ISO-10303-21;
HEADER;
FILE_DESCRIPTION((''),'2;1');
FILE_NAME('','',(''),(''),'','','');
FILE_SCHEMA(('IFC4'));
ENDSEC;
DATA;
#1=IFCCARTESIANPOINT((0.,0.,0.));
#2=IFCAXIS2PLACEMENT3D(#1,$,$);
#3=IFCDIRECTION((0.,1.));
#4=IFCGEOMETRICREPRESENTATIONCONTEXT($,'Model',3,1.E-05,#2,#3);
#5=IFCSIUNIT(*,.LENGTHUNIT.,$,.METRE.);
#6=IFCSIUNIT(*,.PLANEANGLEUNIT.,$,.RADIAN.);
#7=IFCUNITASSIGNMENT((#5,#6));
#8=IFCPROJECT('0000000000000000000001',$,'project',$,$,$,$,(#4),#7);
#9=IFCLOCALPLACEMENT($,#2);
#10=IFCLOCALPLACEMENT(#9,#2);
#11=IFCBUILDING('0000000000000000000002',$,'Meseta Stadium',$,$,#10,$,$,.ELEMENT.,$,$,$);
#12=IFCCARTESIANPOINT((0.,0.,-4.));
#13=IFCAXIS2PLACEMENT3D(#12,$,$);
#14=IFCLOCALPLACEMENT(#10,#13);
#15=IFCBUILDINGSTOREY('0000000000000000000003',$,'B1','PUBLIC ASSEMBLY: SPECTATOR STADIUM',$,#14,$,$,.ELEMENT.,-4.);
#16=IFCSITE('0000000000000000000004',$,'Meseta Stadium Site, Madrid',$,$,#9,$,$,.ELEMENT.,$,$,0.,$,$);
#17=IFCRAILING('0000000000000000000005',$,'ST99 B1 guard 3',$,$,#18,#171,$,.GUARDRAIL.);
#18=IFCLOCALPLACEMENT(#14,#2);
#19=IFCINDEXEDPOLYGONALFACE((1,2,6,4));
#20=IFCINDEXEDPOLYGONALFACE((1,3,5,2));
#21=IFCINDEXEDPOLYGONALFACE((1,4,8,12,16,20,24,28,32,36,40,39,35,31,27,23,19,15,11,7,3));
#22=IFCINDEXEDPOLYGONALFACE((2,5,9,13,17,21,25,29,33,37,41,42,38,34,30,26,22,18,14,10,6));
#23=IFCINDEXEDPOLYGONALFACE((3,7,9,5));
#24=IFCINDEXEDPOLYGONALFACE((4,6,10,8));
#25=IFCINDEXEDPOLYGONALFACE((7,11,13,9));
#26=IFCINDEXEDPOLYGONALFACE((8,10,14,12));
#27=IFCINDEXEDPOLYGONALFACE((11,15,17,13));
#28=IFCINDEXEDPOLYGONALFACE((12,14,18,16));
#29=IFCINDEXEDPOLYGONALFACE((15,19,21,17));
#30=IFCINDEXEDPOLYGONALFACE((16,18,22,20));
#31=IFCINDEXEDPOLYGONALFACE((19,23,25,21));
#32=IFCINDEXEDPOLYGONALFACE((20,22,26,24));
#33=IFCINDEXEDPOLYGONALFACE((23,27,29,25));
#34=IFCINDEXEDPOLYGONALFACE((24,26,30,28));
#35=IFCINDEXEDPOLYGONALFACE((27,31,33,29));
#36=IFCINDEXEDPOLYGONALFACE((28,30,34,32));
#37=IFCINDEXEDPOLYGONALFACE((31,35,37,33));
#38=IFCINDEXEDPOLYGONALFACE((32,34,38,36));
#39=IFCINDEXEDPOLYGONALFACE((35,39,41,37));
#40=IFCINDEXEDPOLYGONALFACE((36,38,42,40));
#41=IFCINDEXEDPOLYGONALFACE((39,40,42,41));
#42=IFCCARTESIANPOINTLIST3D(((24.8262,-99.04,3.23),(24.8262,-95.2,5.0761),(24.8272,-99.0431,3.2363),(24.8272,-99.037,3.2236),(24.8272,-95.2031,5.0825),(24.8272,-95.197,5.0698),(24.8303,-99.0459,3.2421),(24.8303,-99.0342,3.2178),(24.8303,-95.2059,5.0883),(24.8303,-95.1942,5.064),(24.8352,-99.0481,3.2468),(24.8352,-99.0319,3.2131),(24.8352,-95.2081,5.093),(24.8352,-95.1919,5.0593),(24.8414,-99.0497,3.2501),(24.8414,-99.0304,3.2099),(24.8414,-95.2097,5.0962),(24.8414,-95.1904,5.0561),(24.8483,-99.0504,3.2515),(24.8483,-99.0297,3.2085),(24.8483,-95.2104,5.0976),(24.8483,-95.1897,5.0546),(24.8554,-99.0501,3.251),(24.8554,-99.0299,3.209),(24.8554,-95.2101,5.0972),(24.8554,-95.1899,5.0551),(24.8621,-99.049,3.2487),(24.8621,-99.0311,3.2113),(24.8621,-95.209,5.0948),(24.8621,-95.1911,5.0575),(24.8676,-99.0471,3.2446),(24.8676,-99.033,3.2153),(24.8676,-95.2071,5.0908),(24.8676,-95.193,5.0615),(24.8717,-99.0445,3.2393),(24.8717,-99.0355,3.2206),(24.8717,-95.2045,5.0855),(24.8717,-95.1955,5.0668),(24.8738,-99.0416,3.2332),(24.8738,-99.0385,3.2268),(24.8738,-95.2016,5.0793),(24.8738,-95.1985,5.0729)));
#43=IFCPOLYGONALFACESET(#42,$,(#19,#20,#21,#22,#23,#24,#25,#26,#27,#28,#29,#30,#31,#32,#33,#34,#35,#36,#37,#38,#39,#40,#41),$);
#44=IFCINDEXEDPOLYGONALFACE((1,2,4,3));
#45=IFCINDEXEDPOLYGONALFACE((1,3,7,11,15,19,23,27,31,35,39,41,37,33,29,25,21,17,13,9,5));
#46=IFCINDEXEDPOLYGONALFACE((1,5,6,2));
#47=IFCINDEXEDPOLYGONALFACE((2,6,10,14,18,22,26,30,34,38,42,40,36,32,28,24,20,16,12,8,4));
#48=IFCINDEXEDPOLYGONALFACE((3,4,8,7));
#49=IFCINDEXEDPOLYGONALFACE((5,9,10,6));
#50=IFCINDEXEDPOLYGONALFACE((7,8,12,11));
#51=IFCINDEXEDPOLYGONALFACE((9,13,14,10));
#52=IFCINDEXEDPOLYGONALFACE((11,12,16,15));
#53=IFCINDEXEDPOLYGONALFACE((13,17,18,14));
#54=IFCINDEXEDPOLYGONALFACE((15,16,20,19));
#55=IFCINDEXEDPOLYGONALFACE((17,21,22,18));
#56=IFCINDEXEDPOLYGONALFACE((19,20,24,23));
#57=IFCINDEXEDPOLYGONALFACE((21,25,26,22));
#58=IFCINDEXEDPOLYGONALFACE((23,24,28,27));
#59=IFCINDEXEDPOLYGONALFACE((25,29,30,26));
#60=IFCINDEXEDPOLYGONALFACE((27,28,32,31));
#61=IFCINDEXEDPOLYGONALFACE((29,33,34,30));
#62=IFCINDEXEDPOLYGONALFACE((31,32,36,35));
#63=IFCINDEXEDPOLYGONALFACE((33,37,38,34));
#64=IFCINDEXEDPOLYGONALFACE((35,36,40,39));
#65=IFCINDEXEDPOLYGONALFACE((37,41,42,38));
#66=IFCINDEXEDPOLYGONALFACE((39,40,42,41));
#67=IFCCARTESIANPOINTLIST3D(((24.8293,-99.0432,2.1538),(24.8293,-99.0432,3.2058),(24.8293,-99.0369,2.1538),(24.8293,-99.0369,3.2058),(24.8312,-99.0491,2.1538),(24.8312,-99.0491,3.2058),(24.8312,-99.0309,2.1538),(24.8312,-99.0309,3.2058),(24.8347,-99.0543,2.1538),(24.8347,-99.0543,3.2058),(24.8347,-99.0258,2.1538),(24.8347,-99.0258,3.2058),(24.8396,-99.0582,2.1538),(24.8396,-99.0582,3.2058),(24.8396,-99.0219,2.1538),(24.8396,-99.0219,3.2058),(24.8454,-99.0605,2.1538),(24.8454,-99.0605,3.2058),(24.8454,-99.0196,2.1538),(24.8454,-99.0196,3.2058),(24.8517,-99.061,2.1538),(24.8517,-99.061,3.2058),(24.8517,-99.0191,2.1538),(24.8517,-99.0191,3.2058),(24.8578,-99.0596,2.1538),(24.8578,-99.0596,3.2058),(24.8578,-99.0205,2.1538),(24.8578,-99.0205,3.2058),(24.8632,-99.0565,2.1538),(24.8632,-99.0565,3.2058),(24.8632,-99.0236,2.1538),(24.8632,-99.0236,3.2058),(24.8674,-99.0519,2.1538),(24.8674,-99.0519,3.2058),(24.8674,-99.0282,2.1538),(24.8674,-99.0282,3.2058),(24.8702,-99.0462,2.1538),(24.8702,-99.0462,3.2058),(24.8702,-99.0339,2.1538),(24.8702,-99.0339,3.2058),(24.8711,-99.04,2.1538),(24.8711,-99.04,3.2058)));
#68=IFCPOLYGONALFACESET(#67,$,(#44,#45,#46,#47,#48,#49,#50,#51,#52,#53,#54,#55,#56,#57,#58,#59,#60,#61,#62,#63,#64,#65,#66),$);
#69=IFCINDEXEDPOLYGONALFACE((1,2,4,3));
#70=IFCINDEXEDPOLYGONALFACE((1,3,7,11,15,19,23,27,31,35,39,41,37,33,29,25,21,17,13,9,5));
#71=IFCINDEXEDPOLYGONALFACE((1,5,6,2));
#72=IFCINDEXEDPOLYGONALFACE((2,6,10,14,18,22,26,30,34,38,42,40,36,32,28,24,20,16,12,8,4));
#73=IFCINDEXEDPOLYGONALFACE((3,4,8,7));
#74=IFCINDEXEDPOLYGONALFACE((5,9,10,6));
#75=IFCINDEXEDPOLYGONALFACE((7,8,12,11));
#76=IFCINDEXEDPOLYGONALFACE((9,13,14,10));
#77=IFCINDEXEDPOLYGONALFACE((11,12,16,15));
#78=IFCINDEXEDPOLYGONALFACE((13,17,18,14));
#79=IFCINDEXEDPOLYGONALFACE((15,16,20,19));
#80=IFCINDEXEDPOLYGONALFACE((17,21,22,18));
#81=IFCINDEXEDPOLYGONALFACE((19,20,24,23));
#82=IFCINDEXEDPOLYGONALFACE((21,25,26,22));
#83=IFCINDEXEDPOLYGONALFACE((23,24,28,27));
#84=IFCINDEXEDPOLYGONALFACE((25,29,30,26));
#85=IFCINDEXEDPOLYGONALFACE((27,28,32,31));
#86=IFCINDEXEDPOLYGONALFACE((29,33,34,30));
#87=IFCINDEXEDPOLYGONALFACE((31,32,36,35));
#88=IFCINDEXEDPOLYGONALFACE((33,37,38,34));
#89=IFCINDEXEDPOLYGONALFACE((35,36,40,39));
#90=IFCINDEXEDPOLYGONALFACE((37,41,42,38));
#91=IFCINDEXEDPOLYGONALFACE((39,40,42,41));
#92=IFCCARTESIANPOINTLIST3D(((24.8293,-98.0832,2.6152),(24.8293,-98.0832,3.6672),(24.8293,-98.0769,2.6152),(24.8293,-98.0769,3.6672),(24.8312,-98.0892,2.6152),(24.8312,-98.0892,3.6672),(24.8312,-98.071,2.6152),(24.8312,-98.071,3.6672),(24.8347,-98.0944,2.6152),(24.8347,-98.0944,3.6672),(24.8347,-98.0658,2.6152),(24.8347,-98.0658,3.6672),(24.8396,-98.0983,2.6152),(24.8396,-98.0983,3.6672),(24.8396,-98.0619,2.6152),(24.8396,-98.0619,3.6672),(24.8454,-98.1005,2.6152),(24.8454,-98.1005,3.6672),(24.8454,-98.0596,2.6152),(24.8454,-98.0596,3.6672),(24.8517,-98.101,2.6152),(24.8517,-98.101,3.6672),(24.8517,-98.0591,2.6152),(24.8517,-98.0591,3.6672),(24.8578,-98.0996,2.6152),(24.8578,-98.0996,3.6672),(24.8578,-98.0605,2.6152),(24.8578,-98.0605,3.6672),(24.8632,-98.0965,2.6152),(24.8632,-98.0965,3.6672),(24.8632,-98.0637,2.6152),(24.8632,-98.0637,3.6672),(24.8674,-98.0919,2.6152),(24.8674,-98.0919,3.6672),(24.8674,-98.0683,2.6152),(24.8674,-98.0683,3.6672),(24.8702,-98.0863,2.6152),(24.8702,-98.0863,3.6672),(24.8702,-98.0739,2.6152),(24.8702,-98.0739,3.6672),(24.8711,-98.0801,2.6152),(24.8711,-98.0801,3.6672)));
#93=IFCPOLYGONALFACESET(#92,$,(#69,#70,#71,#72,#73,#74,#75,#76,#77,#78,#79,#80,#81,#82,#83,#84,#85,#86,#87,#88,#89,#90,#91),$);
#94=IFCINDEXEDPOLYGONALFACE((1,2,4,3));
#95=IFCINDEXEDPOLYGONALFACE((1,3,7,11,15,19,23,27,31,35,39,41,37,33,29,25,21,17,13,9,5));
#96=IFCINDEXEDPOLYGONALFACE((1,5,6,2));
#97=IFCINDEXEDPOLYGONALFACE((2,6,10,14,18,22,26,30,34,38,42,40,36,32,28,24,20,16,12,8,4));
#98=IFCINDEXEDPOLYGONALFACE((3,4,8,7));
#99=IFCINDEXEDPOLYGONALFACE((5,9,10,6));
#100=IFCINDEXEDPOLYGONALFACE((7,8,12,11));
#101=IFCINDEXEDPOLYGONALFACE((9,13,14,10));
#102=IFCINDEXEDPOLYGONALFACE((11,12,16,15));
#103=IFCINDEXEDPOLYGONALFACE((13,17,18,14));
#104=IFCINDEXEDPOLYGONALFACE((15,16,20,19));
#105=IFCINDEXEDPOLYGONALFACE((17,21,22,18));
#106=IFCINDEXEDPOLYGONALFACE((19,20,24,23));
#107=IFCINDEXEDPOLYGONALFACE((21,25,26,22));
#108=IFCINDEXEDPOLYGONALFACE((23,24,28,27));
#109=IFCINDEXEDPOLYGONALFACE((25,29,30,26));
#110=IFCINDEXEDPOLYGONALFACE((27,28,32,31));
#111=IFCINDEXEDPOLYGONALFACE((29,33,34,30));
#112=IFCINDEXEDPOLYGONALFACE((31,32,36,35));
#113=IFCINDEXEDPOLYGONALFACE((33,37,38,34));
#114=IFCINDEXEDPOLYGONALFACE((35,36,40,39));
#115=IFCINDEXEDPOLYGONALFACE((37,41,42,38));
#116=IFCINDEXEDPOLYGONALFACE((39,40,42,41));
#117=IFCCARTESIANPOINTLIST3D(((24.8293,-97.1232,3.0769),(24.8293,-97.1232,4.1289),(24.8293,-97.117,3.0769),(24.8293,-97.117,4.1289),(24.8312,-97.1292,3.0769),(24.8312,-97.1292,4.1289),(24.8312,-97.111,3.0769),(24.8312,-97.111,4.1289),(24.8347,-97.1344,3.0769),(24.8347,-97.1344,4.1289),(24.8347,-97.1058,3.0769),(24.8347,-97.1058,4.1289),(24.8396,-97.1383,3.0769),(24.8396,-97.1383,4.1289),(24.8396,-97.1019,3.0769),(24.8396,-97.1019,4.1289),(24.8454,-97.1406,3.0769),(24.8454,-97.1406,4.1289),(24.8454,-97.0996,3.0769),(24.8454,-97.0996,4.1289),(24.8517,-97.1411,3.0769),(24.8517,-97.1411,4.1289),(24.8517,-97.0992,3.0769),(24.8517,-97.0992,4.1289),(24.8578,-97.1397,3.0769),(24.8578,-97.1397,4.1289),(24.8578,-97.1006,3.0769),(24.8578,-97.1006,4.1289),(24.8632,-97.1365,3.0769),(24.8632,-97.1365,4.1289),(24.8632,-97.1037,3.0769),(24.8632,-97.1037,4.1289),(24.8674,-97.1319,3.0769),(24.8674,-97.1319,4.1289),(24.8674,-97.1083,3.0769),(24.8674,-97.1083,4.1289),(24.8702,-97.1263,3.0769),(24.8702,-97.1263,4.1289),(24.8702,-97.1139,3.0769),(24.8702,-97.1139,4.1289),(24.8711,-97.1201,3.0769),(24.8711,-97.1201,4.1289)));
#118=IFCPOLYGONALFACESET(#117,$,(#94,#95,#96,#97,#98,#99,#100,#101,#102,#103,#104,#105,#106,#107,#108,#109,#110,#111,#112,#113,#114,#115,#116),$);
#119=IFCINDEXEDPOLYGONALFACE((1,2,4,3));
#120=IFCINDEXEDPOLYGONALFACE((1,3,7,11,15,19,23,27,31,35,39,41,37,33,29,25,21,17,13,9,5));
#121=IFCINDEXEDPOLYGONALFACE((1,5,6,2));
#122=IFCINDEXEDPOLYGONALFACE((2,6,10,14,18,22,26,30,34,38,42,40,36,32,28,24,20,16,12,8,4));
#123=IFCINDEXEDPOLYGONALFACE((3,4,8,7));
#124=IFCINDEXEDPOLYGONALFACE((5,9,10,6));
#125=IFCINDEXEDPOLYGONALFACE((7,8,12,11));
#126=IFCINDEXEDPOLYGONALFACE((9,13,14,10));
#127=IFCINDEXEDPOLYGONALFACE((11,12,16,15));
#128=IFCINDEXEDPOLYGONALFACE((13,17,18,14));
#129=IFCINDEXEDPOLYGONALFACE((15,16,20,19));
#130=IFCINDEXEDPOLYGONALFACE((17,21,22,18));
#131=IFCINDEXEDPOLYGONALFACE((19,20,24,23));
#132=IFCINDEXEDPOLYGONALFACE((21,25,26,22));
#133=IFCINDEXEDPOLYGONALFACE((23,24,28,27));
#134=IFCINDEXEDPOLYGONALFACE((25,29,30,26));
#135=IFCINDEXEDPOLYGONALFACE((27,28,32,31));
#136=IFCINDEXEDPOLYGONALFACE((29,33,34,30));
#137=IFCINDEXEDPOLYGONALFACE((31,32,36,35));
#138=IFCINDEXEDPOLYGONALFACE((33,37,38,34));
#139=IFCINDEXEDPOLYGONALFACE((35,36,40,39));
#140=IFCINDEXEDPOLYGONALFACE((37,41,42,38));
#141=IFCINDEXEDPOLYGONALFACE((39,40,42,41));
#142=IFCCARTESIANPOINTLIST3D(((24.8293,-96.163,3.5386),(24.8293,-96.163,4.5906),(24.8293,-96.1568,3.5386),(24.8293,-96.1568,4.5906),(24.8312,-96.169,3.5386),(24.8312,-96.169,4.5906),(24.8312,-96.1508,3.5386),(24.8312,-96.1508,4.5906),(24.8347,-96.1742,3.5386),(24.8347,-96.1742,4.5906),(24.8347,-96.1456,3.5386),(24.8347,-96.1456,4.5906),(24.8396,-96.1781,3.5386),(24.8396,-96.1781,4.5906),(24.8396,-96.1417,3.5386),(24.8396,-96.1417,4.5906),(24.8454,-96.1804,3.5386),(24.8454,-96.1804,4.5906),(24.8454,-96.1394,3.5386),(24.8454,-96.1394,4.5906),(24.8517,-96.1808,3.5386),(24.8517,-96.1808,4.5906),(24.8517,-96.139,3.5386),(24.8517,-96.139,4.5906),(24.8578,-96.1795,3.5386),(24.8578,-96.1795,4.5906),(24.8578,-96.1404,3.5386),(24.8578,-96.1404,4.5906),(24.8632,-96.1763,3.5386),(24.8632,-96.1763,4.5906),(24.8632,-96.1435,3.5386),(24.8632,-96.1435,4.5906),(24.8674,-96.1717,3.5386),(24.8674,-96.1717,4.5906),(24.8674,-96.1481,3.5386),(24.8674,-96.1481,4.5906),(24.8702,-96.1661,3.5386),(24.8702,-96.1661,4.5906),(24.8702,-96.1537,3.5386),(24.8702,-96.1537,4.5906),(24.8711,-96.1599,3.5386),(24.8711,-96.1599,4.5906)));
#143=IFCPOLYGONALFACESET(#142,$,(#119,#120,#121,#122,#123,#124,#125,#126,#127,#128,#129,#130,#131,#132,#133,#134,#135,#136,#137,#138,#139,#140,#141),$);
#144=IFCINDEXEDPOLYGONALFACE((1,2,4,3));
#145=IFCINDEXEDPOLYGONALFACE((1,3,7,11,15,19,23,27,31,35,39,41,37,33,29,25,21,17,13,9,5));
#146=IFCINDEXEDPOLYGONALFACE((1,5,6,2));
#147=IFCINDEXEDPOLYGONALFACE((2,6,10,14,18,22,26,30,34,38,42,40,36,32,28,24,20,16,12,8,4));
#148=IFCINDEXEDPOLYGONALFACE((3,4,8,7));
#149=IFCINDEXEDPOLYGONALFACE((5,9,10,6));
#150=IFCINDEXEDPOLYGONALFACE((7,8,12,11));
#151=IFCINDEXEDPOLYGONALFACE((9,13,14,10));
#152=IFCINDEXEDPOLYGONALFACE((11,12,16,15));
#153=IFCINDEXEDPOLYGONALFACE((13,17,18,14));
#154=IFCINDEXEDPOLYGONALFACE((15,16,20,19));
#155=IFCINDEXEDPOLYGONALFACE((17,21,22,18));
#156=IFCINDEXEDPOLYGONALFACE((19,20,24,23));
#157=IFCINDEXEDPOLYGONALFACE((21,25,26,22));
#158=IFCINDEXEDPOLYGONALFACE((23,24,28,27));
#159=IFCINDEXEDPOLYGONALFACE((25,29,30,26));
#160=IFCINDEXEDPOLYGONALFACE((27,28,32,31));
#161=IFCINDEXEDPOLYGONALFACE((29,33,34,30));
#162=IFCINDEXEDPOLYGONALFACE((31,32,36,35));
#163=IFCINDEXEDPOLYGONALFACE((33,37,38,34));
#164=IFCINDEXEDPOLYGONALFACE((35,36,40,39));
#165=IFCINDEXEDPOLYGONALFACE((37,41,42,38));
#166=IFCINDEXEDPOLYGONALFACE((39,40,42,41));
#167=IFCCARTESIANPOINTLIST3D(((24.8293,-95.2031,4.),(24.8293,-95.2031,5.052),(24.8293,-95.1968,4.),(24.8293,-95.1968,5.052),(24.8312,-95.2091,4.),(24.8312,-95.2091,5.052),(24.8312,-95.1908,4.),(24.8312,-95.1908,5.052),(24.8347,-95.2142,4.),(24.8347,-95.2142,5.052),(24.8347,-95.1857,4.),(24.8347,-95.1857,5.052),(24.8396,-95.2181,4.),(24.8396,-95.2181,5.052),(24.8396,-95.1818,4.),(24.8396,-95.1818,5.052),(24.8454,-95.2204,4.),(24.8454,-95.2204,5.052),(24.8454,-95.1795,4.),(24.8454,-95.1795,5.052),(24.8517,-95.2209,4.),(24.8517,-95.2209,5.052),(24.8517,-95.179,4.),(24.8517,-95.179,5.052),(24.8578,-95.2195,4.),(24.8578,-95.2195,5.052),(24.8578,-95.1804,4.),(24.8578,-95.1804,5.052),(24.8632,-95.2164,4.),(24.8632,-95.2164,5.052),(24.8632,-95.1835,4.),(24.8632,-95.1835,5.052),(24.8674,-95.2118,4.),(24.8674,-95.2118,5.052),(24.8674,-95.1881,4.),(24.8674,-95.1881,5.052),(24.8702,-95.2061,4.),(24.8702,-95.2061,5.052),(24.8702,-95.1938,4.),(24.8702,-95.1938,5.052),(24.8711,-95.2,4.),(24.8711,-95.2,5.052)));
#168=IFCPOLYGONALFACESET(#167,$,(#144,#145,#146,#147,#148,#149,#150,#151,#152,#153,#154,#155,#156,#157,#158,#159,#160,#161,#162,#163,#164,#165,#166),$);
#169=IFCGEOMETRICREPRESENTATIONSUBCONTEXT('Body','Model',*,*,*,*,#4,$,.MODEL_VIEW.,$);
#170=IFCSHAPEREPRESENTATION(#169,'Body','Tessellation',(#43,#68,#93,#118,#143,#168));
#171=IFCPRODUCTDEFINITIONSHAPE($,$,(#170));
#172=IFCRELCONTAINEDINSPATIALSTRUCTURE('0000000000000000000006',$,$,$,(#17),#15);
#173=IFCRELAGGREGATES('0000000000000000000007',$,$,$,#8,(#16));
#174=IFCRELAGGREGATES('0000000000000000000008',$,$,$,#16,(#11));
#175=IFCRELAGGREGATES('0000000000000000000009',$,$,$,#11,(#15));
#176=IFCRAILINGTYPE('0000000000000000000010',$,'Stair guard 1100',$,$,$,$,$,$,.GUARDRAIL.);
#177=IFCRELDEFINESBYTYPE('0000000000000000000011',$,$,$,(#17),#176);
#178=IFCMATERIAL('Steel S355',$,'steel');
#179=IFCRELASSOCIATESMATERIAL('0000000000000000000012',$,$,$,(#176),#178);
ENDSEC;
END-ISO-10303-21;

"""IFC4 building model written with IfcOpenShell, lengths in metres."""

from ifc_helpers import new_model, si_unit, direction, frame, origin, origin_2d, place, context, subcontext, project, spatial, circle, extrude, material, type_object, element, save


model = new_model("IFC4")

# Units and contexts
model_context = context("Model", 3, precision=1e-05, world=origin(), true_north=direction((0.0, 1.0)))
body_context = subcontext(model_context, "Body", "Model", "MODEL_VIEW")
ifc_project = project(units=[si_unit("LENGTHUNIT", "METRE"), si_unit("PLANEANGLEUNIT", "RADIAN")], contexts=[model_context])

# Site, building, storey
site_placement = place(None, origin())
site = spatial("IfcSite", under=ifc_project, at=site_placement, Name="Meseta Stadium Site, Madrid", CompositionType="ELEMENT", RefElevation=0.0)
building_placement = place(site_placement, origin())
building = spatial("IfcBuilding", under=site, at=building_placement, Name="Meseta Stadium", CompositionType="ELEMENT")
storey_placement = place(building_placement, frame((0.0, 0.0, -4.0)))
storey = spatial("IfcBuildingStorey", under=building, at=storey_placement, Name="B1", Description="PUBLIC ASSEMBLY: SPECTATOR STADIUM", CompositionType="ELEMENT", Elevation=-4.0)

# Railing
ifc_material_1 = material(Name="Steel S355", Category="steel")
railing_type_1 = type_object("IfcRailingType", Name="Stair guard 1100", PredefinedType="GUARDRAIL", material=ifc_material_1)
railing_1_placement = place(storey_placement, frame((24.8501, -99.04, 2.1538)))
element("IfcRailing", 1, at=railing_1_placement, inside=storey, type_object=railing_type_1, Name="ST99 B1 guard 3", PredefinedType="GUARDRAIL", context=body_context, shape_type="SweptSolid", body=[
    extrude(circle(Radius=0.0239, at=origin_2d()), frame((0.0, 0.0, 1.0762), z_axis=(0.0, 0.901253, 0.433294), x_axis=(-1.0, 0.0, 0.0)), (0.0, 0.0, 1.0), 4.2607),
    extrude(circle(Radius=0.021, at=origin_2d()), origin(), (0.0, 0.0, 1.0), 1.052),
    extrude(circle(Radius=0.021, at=origin_2d()), frame((0.0, 0.96, 0.4614)), (0.0, 0.0, 1.0), 1.052),
    extrude(circle(Radius=0.021, at=origin_2d()), frame((0.0, 1.9199, 0.9231)), (0.0, 0.0, 1.0), 1.052),
    extrude(circle(Radius=0.021, at=origin_2d()), frame((0.0, 2.8801, 1.3848)), (0.0, 0.0, 1.0), 1.052),
    extrude(circle(Radius=0.021, at=origin_2d()), frame((0.0, 3.8401, 1.8462)), (0.0, 0.0, 1.0), 1.052),
])

save(model, "model.ifc")
